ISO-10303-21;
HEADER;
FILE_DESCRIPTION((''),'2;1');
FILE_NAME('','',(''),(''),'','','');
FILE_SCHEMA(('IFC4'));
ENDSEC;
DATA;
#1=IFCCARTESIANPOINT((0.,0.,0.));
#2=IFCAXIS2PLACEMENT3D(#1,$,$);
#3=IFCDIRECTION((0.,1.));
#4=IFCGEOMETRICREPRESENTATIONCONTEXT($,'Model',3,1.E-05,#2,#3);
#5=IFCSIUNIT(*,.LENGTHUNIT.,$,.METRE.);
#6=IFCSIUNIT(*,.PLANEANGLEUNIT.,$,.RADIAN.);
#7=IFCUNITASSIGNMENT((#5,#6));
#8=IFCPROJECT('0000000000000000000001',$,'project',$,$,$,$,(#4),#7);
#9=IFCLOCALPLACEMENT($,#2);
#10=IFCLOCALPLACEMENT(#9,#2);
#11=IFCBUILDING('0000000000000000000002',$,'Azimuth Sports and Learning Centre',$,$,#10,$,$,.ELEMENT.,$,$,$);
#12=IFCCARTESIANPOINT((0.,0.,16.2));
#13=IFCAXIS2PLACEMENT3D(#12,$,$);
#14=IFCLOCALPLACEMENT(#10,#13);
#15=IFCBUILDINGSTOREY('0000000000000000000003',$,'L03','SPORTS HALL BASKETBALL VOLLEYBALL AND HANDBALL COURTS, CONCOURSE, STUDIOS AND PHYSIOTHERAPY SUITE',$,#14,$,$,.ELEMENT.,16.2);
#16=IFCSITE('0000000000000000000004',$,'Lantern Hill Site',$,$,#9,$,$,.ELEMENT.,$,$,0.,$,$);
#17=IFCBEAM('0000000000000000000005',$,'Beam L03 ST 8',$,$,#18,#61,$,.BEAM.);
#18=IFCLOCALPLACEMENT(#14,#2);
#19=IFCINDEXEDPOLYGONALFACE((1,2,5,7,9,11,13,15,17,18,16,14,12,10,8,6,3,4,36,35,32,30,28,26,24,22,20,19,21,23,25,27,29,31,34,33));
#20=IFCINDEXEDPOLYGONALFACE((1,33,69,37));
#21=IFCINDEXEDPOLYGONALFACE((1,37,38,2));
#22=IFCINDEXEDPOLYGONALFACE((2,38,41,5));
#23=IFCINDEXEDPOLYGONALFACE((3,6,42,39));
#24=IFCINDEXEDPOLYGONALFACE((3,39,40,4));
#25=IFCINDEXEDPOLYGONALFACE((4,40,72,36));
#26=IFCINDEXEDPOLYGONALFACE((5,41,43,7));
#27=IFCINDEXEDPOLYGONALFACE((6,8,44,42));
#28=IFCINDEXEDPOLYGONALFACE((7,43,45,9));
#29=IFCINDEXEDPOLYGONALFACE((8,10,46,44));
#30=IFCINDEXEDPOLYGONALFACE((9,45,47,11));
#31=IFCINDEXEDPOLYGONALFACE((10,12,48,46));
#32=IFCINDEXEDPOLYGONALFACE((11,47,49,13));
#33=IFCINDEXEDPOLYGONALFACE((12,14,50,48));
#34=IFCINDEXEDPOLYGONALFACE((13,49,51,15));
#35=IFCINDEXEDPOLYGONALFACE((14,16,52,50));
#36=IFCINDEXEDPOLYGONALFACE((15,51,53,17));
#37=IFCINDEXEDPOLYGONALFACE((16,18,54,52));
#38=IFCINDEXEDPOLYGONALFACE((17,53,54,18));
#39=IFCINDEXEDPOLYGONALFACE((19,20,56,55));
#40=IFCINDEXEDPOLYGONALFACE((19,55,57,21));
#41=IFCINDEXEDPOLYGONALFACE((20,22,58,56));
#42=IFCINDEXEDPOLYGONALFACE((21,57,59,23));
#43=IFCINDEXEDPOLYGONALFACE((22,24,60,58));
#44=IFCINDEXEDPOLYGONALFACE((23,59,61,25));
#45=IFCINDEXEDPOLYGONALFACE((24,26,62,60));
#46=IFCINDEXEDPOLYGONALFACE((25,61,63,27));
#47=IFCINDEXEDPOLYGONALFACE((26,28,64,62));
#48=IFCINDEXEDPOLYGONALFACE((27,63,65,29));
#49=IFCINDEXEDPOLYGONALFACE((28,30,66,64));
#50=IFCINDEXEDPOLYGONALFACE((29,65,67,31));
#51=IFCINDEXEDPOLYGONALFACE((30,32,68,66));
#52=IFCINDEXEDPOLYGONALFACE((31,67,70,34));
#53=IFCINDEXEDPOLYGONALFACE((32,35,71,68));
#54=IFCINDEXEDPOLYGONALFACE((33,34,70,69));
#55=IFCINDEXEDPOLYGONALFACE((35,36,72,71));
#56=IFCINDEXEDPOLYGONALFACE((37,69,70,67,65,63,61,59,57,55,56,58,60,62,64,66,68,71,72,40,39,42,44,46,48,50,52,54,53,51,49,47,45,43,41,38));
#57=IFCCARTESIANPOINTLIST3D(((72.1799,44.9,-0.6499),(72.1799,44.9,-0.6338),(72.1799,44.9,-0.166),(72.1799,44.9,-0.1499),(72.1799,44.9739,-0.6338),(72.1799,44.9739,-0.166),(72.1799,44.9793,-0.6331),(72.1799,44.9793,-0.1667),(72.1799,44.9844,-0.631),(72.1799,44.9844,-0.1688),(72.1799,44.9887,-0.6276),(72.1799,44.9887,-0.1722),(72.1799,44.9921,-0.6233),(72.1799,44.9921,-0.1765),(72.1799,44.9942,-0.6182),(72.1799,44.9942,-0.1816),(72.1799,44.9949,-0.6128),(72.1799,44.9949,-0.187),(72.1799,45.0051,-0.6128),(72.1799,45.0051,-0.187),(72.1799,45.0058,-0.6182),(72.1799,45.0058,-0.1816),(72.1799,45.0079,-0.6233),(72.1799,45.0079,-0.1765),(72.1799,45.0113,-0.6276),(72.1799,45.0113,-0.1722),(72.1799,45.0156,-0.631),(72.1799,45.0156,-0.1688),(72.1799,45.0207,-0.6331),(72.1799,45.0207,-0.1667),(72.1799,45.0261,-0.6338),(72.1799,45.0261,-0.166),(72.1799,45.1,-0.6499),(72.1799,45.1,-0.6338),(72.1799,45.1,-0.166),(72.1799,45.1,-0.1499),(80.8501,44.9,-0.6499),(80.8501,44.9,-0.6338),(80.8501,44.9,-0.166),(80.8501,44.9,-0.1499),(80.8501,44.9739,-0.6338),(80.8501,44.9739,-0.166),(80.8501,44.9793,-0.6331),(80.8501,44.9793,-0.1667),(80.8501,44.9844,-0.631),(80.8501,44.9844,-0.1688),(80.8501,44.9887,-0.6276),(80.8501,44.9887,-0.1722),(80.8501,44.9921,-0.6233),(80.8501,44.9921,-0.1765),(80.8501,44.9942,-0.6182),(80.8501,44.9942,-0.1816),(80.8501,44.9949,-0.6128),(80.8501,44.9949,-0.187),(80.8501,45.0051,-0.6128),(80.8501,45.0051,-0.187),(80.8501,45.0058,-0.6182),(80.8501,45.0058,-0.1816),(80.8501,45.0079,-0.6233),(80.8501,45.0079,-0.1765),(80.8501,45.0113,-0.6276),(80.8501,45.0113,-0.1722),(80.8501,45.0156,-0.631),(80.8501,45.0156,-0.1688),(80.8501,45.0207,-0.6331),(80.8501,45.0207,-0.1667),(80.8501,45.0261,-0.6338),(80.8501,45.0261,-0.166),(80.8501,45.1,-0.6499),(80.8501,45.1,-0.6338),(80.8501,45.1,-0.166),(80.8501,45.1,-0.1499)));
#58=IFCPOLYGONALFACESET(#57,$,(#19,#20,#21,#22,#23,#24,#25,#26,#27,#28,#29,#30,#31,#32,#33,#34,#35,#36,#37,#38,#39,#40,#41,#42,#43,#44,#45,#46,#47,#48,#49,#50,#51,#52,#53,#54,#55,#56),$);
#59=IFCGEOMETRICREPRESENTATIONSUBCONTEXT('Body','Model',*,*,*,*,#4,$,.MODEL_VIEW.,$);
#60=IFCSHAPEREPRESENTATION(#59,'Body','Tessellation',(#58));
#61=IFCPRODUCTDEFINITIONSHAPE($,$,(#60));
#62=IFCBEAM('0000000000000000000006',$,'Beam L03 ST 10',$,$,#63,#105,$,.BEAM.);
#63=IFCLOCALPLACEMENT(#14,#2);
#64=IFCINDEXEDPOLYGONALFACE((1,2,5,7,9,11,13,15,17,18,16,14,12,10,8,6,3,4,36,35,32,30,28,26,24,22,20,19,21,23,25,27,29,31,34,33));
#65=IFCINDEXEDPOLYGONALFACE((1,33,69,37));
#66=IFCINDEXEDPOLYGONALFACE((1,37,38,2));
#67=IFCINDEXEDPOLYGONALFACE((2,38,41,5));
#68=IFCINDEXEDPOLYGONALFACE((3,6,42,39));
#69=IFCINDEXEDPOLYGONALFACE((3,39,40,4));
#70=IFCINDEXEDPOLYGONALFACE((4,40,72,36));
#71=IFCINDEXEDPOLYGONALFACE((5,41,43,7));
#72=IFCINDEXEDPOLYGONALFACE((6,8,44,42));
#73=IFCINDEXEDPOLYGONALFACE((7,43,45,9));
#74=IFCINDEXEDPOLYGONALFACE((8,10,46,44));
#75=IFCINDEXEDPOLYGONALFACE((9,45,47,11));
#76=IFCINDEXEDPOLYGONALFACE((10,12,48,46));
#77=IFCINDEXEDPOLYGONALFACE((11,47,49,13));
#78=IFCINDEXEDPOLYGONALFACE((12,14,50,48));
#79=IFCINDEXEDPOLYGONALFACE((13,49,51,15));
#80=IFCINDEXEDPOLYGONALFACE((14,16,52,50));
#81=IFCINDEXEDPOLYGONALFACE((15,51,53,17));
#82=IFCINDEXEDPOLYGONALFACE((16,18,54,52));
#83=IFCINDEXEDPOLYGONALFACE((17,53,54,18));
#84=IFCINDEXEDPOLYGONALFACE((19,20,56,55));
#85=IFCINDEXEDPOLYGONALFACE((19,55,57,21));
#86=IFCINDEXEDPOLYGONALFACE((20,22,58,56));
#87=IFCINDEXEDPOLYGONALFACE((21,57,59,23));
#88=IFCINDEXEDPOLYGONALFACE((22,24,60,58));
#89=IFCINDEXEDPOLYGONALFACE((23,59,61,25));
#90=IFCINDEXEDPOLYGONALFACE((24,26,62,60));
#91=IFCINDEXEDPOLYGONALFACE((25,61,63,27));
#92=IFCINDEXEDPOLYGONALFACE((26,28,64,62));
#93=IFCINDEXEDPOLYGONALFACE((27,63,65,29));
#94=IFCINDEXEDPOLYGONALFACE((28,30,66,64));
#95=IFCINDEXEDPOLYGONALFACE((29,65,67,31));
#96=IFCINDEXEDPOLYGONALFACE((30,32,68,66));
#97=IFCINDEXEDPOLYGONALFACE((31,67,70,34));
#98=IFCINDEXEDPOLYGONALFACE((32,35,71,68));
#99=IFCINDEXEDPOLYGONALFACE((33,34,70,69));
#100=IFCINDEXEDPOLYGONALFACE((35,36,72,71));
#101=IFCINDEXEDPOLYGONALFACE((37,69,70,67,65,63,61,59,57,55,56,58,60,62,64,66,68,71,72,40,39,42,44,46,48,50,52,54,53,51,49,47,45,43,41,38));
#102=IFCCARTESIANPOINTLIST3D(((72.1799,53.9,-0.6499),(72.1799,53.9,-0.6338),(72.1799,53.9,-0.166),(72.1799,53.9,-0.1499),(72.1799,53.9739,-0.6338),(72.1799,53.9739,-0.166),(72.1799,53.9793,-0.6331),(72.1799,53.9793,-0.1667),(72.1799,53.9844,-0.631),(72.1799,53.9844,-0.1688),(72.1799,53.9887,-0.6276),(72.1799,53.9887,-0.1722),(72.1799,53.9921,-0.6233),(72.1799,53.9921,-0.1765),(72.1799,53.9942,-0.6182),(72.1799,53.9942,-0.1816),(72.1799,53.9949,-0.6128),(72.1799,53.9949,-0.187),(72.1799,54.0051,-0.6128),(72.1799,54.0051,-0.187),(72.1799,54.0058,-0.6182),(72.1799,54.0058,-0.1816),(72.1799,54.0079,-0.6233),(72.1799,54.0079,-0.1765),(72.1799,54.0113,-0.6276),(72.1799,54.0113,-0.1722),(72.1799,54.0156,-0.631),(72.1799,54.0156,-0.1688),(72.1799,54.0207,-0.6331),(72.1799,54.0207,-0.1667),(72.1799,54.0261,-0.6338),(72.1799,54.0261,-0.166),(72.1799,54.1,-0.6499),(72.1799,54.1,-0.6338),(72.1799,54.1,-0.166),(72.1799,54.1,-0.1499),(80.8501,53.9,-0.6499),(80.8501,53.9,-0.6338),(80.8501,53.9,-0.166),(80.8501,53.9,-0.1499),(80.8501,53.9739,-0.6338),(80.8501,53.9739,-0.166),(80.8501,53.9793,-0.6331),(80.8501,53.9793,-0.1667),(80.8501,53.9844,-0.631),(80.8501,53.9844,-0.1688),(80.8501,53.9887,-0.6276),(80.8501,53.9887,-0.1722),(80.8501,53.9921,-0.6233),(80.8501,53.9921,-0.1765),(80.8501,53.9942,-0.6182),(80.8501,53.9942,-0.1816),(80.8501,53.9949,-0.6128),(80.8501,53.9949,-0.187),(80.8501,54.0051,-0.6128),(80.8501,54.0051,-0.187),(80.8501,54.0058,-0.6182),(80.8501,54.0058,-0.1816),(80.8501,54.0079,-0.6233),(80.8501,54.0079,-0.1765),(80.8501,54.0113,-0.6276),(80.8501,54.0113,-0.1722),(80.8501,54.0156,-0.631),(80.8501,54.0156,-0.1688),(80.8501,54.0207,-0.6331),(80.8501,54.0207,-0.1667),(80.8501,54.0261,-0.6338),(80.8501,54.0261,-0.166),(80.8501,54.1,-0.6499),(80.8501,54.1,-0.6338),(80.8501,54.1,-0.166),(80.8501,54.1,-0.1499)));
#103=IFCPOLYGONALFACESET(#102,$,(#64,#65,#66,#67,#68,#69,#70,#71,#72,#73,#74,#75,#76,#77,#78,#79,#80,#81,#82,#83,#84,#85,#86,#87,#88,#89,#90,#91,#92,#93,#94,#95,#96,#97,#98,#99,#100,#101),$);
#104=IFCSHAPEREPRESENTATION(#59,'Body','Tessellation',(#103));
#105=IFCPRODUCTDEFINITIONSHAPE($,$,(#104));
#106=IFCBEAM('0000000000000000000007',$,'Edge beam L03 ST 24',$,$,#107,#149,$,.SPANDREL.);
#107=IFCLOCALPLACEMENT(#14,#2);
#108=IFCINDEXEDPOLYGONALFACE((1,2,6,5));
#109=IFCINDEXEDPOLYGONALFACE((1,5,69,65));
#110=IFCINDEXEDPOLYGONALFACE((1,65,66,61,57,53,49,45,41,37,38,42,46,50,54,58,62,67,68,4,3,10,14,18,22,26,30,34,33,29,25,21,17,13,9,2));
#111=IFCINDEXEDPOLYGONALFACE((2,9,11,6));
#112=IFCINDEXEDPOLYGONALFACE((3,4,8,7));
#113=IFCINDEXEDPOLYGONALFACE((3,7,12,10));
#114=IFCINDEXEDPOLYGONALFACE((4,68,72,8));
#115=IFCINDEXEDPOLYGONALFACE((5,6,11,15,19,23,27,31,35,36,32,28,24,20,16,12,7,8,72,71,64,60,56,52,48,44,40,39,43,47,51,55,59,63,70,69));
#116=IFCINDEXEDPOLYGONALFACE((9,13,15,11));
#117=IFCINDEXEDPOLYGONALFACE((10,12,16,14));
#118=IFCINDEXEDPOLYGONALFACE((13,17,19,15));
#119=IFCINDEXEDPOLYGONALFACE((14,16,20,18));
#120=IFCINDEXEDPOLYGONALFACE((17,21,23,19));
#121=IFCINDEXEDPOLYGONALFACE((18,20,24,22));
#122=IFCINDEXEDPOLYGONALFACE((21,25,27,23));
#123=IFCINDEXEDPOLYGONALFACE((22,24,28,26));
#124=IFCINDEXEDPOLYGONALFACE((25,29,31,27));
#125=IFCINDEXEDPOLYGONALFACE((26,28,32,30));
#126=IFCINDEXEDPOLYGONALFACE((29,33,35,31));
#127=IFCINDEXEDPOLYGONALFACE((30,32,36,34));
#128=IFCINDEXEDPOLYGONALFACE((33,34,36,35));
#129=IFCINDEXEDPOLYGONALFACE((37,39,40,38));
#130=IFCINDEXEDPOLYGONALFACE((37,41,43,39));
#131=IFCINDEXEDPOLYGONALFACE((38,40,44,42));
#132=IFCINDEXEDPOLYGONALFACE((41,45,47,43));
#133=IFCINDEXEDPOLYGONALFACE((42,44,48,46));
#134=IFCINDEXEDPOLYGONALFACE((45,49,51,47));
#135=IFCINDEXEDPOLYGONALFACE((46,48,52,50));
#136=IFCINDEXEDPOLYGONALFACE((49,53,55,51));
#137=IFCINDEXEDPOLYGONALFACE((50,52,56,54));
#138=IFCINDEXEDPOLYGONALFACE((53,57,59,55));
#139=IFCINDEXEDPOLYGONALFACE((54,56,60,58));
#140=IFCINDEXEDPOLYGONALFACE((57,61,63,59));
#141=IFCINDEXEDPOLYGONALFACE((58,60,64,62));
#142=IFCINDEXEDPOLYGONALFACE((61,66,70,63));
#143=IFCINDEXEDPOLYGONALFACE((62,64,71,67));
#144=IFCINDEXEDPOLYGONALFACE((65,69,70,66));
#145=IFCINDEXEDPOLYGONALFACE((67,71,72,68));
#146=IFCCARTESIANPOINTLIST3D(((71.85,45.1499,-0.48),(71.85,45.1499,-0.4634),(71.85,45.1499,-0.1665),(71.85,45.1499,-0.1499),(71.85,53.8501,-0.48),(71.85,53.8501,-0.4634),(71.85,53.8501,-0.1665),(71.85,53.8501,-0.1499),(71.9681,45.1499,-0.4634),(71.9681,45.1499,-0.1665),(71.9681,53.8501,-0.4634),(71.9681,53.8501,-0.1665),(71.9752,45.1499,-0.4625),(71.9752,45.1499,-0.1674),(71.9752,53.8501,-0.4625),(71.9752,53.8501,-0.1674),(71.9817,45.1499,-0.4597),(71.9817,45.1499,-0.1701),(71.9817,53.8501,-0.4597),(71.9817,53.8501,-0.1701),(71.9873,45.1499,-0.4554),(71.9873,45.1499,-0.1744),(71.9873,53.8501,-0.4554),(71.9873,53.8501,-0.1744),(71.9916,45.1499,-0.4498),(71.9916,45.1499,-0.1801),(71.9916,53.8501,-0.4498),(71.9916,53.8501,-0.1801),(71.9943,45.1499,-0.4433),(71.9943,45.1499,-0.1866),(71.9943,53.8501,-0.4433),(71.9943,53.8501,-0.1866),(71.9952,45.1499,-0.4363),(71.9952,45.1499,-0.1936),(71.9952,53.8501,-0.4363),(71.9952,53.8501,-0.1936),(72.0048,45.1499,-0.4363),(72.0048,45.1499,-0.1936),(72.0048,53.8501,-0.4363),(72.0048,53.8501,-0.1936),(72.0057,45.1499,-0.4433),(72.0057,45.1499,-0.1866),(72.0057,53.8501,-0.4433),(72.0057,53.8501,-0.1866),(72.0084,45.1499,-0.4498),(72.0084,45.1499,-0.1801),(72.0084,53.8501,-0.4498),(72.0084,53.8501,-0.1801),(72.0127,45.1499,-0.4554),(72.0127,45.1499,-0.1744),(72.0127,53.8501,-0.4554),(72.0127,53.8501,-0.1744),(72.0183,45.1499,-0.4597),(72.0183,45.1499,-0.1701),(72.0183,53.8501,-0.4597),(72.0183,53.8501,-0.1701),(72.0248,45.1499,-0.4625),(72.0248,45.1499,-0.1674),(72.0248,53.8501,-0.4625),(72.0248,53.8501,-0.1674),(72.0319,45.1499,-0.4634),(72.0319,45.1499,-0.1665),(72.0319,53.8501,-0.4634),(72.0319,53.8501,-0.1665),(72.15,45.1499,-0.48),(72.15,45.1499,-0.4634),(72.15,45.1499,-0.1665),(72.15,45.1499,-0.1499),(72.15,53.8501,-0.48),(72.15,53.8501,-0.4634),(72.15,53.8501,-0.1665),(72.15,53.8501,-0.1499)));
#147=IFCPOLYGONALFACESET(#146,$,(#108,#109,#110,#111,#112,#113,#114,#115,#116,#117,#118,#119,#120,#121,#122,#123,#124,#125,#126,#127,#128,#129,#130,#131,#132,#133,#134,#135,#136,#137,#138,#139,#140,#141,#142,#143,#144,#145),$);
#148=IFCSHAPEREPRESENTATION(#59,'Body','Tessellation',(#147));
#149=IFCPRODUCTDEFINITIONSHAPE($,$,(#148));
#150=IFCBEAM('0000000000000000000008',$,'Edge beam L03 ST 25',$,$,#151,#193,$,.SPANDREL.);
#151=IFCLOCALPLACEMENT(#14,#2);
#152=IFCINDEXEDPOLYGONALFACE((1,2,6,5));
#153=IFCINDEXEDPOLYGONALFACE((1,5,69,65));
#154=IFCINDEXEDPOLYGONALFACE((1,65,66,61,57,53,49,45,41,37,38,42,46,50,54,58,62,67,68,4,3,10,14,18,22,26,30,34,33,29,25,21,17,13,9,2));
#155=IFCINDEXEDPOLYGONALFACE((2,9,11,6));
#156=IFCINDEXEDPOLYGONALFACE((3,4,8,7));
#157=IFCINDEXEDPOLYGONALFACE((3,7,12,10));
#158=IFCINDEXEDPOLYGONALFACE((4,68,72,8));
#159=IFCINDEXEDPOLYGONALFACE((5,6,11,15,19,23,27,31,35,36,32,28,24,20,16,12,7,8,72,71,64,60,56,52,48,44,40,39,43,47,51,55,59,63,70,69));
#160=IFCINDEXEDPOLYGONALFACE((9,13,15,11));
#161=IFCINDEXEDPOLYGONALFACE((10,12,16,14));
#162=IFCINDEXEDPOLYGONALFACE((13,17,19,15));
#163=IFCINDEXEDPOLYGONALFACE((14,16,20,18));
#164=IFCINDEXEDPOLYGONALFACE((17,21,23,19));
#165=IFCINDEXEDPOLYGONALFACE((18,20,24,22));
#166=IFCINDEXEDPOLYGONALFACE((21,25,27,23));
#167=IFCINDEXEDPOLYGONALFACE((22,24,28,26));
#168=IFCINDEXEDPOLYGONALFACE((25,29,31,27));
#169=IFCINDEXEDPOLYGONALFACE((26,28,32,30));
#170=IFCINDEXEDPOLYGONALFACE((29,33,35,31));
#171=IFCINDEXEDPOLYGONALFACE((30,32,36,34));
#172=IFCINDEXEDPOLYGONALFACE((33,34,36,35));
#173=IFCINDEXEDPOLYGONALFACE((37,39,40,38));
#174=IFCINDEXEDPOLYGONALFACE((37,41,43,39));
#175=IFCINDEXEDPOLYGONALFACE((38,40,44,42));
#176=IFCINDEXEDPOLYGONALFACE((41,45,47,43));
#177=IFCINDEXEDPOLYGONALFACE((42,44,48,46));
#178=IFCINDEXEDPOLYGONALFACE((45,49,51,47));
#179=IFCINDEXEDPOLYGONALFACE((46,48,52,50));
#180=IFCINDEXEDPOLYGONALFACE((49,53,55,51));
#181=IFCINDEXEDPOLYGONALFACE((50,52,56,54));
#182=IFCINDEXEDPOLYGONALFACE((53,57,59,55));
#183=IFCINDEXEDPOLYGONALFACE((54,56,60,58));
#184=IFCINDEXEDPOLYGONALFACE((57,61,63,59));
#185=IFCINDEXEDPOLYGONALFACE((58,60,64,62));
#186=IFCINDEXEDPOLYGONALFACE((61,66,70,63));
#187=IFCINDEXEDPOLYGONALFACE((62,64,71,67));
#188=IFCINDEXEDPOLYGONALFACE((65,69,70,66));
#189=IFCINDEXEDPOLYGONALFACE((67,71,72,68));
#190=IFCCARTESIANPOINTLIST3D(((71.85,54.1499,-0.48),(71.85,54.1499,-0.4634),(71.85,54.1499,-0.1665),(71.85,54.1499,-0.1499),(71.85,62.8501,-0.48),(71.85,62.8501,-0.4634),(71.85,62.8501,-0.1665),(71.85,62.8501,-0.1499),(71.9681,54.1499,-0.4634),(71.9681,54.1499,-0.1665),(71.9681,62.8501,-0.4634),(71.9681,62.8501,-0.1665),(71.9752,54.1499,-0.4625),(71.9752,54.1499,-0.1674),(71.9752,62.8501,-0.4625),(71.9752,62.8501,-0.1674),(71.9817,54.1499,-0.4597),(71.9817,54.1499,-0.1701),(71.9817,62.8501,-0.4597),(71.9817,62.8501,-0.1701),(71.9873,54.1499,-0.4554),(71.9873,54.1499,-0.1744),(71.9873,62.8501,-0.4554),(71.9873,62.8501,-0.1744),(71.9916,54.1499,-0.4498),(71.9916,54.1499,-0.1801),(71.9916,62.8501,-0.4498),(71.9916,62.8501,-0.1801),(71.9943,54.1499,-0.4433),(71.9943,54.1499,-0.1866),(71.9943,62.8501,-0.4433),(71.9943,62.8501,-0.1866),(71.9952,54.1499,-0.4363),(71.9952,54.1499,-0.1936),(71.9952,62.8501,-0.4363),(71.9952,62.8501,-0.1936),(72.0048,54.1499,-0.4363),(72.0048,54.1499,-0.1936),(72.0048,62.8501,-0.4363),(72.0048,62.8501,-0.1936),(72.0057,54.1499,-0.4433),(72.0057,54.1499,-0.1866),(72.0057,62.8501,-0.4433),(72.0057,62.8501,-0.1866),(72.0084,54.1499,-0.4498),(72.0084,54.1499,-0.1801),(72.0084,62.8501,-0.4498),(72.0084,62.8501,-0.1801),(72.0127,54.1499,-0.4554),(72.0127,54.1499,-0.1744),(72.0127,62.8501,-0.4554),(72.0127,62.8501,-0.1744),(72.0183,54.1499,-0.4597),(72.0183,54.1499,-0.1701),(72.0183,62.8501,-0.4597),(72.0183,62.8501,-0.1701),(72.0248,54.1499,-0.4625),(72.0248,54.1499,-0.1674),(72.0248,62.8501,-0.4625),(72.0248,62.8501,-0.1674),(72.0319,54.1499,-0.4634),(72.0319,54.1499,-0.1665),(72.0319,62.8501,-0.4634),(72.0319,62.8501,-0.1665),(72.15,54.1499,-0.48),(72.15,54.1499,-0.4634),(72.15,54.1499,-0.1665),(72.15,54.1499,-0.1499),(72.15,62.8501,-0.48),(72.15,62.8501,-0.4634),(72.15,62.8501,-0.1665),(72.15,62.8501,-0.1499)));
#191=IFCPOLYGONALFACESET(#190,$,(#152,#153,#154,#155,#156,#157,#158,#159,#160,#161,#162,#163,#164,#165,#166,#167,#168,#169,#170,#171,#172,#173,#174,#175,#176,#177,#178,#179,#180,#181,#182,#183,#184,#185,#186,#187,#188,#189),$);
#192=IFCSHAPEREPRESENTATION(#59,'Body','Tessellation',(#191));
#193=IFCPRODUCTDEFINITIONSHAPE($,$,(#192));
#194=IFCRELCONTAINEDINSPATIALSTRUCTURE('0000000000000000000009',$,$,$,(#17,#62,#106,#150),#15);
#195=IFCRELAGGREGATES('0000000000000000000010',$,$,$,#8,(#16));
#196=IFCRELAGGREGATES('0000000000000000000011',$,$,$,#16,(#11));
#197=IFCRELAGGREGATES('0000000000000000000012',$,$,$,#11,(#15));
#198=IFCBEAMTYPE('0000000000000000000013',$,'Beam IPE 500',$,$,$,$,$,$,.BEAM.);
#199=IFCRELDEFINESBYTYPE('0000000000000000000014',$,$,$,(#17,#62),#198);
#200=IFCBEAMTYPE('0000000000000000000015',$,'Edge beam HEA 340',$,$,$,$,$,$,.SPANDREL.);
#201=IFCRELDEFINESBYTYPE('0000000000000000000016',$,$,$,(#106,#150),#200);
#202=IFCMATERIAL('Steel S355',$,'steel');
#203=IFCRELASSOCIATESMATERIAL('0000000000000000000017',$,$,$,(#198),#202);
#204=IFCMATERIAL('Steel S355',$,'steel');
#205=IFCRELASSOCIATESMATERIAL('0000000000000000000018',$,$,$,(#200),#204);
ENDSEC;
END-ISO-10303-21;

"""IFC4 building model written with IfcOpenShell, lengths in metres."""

from ifc_helpers import new_model, si_unit, direction, frame, origin, origin_2d, place, context, subcontext, project, spatial, i_section, extrude, material, material_profile, profile_set, type_object, element, save


model = new_model("IFC4")

# Units and contexts
model_context = context("Model", 3, precision=1e-05, world=origin(), true_north=direction((0.0, 1.0)))
body_context = subcontext(model_context, "Body", "Model", "MODEL_VIEW")
ifc_project = project(units=[si_unit("LENGTHUNIT", "METRE"), si_unit("PLANEANGLEUNIT", "RADIAN")], contexts=[model_context])

# Site, building, storey
site_placement = place(None, origin())
site = spatial("IfcSite", under=ifc_project, at=site_placement, Name="Lantern Hill Site", CompositionType="ELEMENT", RefElevation=0.0)
building_placement = place(site_placement, origin())
building = spatial("IfcBuilding", under=site, at=building_placement, Name="Azimuth Sports and Learning Centre", CompositionType="ELEMENT")
storey_placement = place(building_placement, frame((0.0, 0.0, 16.2)))
storey = spatial("IfcBuildingStorey", under=building, at=storey_placement, Name="L03", Description="SPORTS HALL BASKETBALL VOLLEYBALL AND HANDBALL COURTS, CONCOURSE, STUDIOS AND PHYSIOTHERAPY SUITE", CompositionType="ELEMENT", Elevation=16.2)

# Beams
ifc_material_1 = material(Name="Steel S355", Category="steel")
ifc_material_profile_1 = material_profile(ifc_material_1, i_section(OverallWidth=0.2, OverallDepth=0.5, WebThickness=0.0103, FlangeThickness=0.0161, FilletRadius=0.021, at=origin_2d()), Name="IPE 500")
ifc_profile_set_1 = profile_set([ifc_material_profile_1], Name="Steel S355")
beam_type_1 = type_object("IfcBeamType", Name="Beam IPE 500", PredefinedType="BEAM", material=ifc_profile_set_1)
for number, where, z_axis, x_axis, name in (
    (1, (72.1799, 45.0, -0.3999), (1.0, 0.0, 0.0), (0.0, 1.0, 0.0), "Beam L03 ST 8"),
    (2, (72.1799, 54.0, -0.3999), (1.0, 0.0, 0.0), (0.0, 1.0, 0.0), "Beam L03 ST 10"),
):
    element("IfcBeam", number, at=place(storey_placement, frame(where, z_axis=z_axis, x_axis=x_axis)), inside=storey, type_object=beam_type_1, Name=name, PredefinedType="BEAM", context=body_context, shape_type="SweptSolid", body=[
        extrude(i_section(OverallWidth=0.2, OverallDepth=0.5, WebThickness=0.0103, FlangeThickness=0.0161, FilletRadius=0.021, at=origin_2d()), origin(), (0.0, 0.0, 1.0), 8.6702),
    ])
ifc_material_2 = material(Name="Steel S355", Category="steel")
ifc_material_profile_2 = material_profile(ifc_material_2, i_section(OverallWidth=0.3, OverallDepth=0.3301, WebThickness=0.0095, FlangeThickness=0.0166, FilletRadius=0.0271, at=origin_2d()), Name="HEA 340")
ifc_profile_set_2 = profile_set([ifc_material_profile_2], Name="Steel S355")
beam_type_2 = type_object("IfcBeamType", Name="Edge beam HEA 340", PredefinedType="SPANDREL", material=ifc_profile_set_2)
for number, where, z_axis, x_axis, name in (
    (3, (72.0, 45.1499, -0.3149), (0.0, 1.0, 0.0), (-1.0, 0.0, 0.0), "Edge beam L03 ST 24"),
    (4, (72.0, 54.1499, -0.3149), (0.0, 1.0, 0.0), (-1.0, 0.0, 0.0), "Edge beam L03 ST 25"),
):
    element("IfcBeam", number, at=place(storey_placement, frame(where, z_axis=z_axis, x_axis=x_axis)), inside=storey, type_object=beam_type_2, Name=name, PredefinedType="SPANDREL", context=body_context, shape_type="SweptSolid", body=[
        extrude(i_section(OverallWidth=0.3, OverallDepth=0.3301, WebThickness=0.0095, FlangeThickness=0.0166, FilletRadius=0.0271, at=origin_2d()), origin(), (0.0, 0.0, 1.0), 8.7002),
    ])

save(model, "model.ifc")
